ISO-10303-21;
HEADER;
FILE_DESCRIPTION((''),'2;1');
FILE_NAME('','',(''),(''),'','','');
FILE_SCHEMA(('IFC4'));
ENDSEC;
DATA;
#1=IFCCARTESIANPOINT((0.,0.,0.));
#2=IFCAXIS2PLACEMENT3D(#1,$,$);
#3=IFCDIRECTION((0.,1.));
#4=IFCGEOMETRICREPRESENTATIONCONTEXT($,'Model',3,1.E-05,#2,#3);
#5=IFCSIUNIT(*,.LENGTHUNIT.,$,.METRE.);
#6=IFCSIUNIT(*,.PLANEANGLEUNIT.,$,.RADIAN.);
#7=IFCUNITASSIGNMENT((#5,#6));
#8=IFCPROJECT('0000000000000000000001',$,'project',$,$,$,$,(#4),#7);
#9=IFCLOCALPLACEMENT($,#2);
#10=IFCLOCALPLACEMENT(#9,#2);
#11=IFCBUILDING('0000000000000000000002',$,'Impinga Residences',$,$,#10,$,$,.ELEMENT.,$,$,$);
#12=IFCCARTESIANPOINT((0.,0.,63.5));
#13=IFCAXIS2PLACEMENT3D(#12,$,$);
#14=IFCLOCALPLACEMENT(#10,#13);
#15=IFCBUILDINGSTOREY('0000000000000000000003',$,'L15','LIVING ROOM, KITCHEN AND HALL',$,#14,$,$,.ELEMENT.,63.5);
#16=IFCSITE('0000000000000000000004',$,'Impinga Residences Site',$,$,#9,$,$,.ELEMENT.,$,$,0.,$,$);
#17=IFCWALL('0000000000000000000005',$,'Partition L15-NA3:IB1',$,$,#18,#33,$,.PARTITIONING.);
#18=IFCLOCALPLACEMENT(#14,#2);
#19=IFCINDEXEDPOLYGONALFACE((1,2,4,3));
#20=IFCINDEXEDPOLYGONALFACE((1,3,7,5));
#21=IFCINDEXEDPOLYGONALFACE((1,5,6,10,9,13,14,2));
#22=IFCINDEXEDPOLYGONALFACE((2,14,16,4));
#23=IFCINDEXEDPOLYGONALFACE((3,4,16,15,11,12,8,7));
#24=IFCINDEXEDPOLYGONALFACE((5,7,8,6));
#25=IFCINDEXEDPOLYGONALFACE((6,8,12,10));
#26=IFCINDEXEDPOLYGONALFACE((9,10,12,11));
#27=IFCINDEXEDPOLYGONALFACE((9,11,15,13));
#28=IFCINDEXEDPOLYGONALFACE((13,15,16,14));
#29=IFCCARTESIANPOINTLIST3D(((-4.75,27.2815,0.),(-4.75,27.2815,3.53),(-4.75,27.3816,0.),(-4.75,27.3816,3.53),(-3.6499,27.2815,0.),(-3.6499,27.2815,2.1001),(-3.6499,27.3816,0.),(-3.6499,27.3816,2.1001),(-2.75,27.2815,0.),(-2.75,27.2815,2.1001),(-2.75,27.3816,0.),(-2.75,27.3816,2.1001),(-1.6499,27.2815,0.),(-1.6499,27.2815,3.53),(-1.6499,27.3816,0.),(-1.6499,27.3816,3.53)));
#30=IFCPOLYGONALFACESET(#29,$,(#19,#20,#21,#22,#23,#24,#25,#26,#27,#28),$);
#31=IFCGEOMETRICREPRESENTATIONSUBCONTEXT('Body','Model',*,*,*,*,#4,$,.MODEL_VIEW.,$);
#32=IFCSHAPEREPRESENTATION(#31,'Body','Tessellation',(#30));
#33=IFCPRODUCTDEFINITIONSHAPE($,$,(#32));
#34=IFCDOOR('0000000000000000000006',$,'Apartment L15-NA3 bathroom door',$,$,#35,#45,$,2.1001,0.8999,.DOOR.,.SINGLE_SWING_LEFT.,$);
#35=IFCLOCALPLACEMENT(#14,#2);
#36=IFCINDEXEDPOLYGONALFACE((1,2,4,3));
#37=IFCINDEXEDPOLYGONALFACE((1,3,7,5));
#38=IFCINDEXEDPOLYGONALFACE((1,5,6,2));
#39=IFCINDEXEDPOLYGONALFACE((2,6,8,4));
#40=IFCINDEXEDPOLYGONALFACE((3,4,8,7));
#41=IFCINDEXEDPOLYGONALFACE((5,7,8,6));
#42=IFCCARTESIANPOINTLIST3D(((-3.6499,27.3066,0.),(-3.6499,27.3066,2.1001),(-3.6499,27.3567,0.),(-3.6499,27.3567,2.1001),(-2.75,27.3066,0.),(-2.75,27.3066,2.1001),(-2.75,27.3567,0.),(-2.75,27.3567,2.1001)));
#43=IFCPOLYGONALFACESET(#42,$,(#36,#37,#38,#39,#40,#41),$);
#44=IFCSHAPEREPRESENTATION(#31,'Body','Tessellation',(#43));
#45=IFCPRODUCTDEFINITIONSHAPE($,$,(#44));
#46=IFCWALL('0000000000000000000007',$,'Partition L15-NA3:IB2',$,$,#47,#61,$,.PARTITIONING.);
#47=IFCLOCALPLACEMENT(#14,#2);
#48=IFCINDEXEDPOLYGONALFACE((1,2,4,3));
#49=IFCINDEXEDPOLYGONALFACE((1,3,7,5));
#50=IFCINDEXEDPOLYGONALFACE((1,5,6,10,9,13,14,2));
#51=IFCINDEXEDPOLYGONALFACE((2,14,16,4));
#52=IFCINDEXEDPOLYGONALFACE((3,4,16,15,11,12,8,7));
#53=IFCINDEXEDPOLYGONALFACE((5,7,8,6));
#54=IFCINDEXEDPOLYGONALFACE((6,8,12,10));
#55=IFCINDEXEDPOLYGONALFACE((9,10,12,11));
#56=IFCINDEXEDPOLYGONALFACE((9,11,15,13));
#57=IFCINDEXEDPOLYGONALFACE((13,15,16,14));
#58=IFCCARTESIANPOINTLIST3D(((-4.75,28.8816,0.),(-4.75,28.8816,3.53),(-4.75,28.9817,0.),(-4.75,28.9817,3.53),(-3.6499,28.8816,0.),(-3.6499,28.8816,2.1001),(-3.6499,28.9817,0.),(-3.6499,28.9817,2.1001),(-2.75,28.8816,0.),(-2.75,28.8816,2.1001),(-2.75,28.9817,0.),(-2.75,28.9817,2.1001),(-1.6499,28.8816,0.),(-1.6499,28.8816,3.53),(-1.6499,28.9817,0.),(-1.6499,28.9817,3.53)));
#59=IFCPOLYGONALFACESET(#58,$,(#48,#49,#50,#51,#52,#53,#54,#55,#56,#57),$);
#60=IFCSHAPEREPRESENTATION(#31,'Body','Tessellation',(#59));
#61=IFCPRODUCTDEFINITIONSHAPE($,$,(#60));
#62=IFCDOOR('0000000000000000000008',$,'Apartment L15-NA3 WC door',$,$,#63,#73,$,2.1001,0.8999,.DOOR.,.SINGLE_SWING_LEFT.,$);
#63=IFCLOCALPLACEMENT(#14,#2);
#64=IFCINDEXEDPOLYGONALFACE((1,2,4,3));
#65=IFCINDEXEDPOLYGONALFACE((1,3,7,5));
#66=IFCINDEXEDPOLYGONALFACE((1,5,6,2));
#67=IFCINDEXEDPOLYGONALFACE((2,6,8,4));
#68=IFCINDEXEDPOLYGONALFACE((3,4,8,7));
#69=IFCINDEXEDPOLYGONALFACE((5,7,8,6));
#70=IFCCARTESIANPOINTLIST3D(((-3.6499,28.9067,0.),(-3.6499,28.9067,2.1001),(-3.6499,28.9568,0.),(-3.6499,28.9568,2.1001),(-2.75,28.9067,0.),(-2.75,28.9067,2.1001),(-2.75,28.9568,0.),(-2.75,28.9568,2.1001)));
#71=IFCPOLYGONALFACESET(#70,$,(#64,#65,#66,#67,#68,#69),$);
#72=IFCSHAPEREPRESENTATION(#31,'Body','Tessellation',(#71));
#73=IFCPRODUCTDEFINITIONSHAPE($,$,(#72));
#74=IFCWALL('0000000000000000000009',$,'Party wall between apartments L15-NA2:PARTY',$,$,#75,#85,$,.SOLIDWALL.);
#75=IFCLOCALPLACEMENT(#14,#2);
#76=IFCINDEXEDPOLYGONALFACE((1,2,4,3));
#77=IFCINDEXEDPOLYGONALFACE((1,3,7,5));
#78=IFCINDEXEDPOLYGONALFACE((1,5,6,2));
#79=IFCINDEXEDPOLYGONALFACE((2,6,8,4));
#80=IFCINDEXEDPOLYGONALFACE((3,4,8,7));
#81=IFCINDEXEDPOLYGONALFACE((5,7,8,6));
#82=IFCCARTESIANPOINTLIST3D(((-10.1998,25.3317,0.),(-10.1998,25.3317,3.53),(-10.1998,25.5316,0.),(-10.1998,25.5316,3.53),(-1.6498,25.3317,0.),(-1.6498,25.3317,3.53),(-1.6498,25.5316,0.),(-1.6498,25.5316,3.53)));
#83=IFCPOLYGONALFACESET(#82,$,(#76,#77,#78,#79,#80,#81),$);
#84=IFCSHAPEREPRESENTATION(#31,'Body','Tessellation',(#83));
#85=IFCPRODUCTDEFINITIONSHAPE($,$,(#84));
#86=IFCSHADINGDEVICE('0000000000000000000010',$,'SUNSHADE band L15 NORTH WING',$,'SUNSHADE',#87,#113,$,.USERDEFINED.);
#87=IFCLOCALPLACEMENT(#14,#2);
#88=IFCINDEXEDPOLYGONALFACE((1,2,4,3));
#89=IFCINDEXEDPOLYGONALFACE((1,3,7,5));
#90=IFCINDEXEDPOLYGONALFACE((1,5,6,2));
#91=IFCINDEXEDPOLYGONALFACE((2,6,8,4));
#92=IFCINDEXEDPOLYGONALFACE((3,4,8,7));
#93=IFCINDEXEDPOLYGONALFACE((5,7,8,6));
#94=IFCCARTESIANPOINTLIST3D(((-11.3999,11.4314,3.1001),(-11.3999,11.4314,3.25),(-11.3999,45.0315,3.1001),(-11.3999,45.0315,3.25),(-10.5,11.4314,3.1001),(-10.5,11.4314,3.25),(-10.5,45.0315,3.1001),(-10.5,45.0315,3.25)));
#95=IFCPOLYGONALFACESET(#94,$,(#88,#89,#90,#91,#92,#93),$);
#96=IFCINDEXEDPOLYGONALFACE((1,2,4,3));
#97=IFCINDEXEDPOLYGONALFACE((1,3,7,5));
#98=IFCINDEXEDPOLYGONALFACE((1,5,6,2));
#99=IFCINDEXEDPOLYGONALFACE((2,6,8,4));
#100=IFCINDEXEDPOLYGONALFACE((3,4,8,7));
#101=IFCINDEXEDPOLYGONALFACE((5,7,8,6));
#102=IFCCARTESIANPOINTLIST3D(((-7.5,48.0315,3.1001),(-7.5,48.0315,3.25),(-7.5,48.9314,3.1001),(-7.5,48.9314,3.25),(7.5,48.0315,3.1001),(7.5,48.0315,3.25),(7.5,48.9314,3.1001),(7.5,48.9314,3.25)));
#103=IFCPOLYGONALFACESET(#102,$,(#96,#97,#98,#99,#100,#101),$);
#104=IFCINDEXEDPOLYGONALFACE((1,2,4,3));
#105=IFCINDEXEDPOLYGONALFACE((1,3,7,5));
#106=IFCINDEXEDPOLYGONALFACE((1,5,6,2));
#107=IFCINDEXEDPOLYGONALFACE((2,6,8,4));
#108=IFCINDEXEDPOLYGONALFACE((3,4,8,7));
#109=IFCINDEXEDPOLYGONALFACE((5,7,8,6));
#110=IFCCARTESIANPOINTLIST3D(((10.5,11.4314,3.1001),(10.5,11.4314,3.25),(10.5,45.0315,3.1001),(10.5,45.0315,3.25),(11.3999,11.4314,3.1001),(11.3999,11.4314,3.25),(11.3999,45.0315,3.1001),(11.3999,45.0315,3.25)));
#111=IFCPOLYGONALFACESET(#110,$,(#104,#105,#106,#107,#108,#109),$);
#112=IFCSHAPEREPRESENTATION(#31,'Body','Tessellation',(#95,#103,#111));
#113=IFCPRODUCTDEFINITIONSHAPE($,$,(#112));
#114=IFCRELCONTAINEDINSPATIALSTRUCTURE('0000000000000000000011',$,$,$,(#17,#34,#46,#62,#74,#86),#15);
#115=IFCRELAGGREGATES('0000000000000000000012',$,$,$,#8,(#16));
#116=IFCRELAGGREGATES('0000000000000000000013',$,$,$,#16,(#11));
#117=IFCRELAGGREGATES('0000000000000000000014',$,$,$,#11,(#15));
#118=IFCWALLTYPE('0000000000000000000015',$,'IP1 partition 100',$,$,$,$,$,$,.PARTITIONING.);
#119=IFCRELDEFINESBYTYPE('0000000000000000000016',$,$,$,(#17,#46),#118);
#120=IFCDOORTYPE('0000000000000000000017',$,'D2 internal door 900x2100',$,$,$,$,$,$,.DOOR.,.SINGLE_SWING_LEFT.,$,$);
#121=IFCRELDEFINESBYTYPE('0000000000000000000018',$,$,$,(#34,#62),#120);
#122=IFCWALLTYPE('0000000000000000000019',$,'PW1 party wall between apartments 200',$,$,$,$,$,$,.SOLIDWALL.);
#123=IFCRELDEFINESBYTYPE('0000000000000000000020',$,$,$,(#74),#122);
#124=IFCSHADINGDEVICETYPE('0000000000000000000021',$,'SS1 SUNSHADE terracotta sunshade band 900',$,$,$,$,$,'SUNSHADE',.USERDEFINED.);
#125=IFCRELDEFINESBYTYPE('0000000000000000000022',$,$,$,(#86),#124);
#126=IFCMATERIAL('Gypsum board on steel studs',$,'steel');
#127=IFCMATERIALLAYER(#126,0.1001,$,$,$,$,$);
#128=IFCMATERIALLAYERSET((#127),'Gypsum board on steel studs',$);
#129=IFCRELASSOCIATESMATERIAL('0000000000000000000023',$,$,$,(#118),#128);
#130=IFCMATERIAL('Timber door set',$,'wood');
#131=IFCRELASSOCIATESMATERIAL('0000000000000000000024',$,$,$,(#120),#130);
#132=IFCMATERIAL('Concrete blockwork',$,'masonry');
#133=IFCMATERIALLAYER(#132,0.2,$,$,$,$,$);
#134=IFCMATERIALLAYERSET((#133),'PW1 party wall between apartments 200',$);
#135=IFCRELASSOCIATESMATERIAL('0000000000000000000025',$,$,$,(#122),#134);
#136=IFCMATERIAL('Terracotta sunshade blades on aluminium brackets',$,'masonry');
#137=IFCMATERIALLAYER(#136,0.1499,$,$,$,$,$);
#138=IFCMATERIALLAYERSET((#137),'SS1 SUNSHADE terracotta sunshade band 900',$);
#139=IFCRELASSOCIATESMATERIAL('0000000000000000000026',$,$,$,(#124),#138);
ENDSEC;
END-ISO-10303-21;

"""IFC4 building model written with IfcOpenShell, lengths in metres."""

from ifc_helpers import new_model, si_unit, direction, frame, frame_2d, origin, origin_2d, place, context, subcontext, project, spatial, rectangle, extrude, material, layer, layer_set, type_object, element, fill, save


model = new_model("IFC4")

# Units and contexts
model_context = context("Model", 3, precision=1e-05, world=origin(), true_north=direction((0.0, 1.0)))
body_context = subcontext(model_context, "Body", "Model", "MODEL_VIEW")
ifc_project = project(units=[si_unit("LENGTHUNIT", "METRE"), si_unit("PLANEANGLEUNIT", "RADIAN")], contexts=[model_context])

# Site, building, storey
site_placement = place(None, origin())
site = spatial("IfcSite", under=ifc_project, at=site_placement, Name="Impinga Residences Site", CompositionType="ELEMENT", RefElevation=0.0)
building_placement = place(site_placement, origin())
building = spatial("IfcBuilding", under=site, at=building_placement, Name="Impinga Residences", CompositionType="ELEMENT")
storey_placement = place(building_placement, frame((0.0, 0.0, 63.5)))
storey = spatial("IfcBuildingStorey", under=building, at=storey_placement, Name="L15", Description="LIVING ROOM, KITCHEN AND HALL", CompositionType="ELEMENT", Elevation=63.5)

# Shared definitions
ifc_material_1 = material(Name="Gypsum board on steel studs", Category="steel")
ifc_layer_1 = layer(ifc_material_1, 0.1001)
ifc_layer_set_1 = layer_set([ifc_layer_1], Name="Gypsum board on steel studs")
wall_type_1 = type_object("IfcWallType", Name="IP1 partition 100", PredefinedType="PARTITIONING", material=ifc_layer_set_1)

# Shared definitions
ifc_material_2 = material(Name="Timber door set", Category="wood")
door_type = type_object("IfcDoorType", Name="D2 internal door 900x2100", OperationType="SINGLE_SWING_LEFT", PredefinedType="DOOR", material=ifc_material_2)

# Walls, openings, doors
wall_1_placement = place(storey_placement, frame((-1.6499, 27.3315, 0.0), z_axis=(0.0, 0.0, 1.0), x_axis=(-1.0, 0.0, 0.0)))
wall_1 = element("IfcWall", 1, at=wall_1_placement, inside=storey, type_object=wall_type_1, Name="Partition L15-NA3:IB1", PredefinedType="PARTITIONING", context=body_context, shape_type="SweptSolid", body=[
    extrude(rectangle(XDim=3.1001, YDim=0.1001, at=frame_2d((1.55, 0.0))), origin(), (0.0, 0.0, 1.0), 3.53),
])
opening_1_placement = place(wall_1_placement, frame((1.1001, 0.0, 0.0)))
opening_1 = element("IfcOpeningElement", 2, at=opening_1_placement, cuts=wall_1, PredefinedType="OPENING", context=body_context, shape_type="SweptSolid", body=[
    extrude(rectangle(XDim=0.8999, YDim=2.1001, at=frame_2d((0.45, 1.05))), frame((0.0, 0.0601, 0.0), z_axis=(0.0, -1.0, 0.0), x_axis=(1.0, 0.0, 0.0)), (0.0, 0.0, 1.0), 0.1201),
])
door_1_placement = place(opening_1_placement, origin())
door_1 = element("IfcDoor", 3, at=door_1_placement, inside=storey, type_object=door_type, Name="Apartment L15-NA3 bathroom door", OperationType="SINGLE_SWING_LEFT", OverallHeight=2.1001, OverallWidth=0.8999, PredefinedType="DOOR", context=body_context, shape_type="SweptSolid", body=[
    extrude(rectangle(XDim=0.8999, YDim=2.1001, at=frame_2d((0.45, 1.05))), frame((0.0, 0.0249, 0.0), z_axis=(0.0, -1.0, 0.0), x_axis=(1.0, 0.0, 0.0)), (0.0, 0.0, 1.0), 0.05),
])
fill(opening_1, door_1)
wall_2_placement = place(storey_placement, frame((-1.6499, 28.9316, 0.0), z_axis=(0.0, 0.0, 1.0), x_axis=(-1.0, 0.0, 0.0)))
wall_2 = element("IfcWall", 4, at=wall_2_placement, inside=storey, type_object=wall_type_1, Name="Partition L15-NA3:IB2", PredefinedType="PARTITIONING", context=body_context, shape_type="SweptSolid", body=[
    extrude(rectangle(XDim=3.1001, YDim=0.1001, at=frame_2d((1.55, 0.0))), origin(), (0.0, 0.0, 1.0), 3.53),
])
opening_2_placement = place(wall_2_placement, frame((1.1001, 0.0, 0.0)))
opening_2 = element("IfcOpeningElement", 5, at=opening_2_placement, cuts=wall_2, PredefinedType="OPENING", context=body_context, shape_type="SweptSolid", body=[
    extrude(rectangle(XDim=0.8999, YDim=2.1001, at=frame_2d((0.45, 1.05))), frame((0.0, 0.0601, 0.0), z_axis=(0.0, -1.0, 0.0), x_axis=(1.0, 0.0, 0.0)), (0.0, 0.0, 1.0), 0.1201),
])
door_2_placement = place(opening_2_placement, origin())
door_2 = element("IfcDoor", 6, at=door_2_placement, inside=storey, type_object=door_type, Name="Apartment L15-NA3 WC door", OperationType="SINGLE_SWING_LEFT", OverallHeight=2.1001, OverallWidth=0.8999, PredefinedType="DOOR", context=body_context, shape_type="SweptSolid", body=[
    extrude(rectangle(XDim=0.8999, YDim=2.1001, at=frame_2d((0.45, 1.05))), frame((0.0, 0.0249, 0.0), z_axis=(0.0, -1.0, 0.0), x_axis=(1.0, 0.0, 0.0)), (0.0, 0.0, 1.0), 0.05),
])
fill(opening_2, door_2)

# Wall
ifc_material_3 = material(Name="Concrete blockwork", Category="masonry")
ifc_layer_2 = layer(ifc_material_3, 0.2)
ifc_layer_set_2 = layer_set([ifc_layer_2], Name="PW1 party wall between apartments 200")
wall_type_2 = type_object("IfcWallType", Name="PW1 party wall between apartments 200", PredefinedType="SOLIDWALL", material=ifc_layer_set_2)
wall_3_placement = place(storey_placement, frame((-1.6499, 25.4316, 0.0), z_axis=(0.0, 0.0, 1.0), x_axis=(-1.0, 0.0, 0.0)))
element("IfcWall", 7, at=wall_3_placement, inside=storey, type_object=wall_type_2, Name="Party wall between apartments L15-NA2:PARTY", PredefinedType="SOLIDWALL", context=body_context, shape_type="SweptSolid", body=[
    extrude(rectangle(XDim=8.55, YDim=0.2, at=frame_2d((4.2749, 0.0))), origin(), (0.0, 0.0, 1.0), 3.53),
])

# Shading device
ifc_material_4 = material(Name="Terracotta sunshade blades on aluminium brackets", Category="masonry")
ifc_layer_3 = layer(ifc_material_4, 0.1499)
ifc_layer_set_3 = layer_set([ifc_layer_3], Name="SS1 SUNSHADE terracotta sunshade band 900")
shading_device_type = type_object("IfcShadingDeviceType", Name="SS1 SUNSHADE terracotta sunshade band 900", ElementType="SUNSHADE", PredefinedType="USERDEFINED", material=ifc_layer_set_3)
shading_device_placement = place(storey_placement, frame((-10.95, 28.2314, 3.1001), z_axis=(0.0, 0.0, 1.0), x_axis=(0.0, 1.0, 0.0)))
element("IfcShadingDevice", 8, at=shading_device_placement, inside=storey, type_object=shading_device_type, Name="SUNSHADE band L15 NORTH WING", ObjectType="SUNSHADE", PredefinedType="USERDEFINED", context=body_context, shape_type="SweptSolid", body=[
    extrude(rectangle(XDim=33.6001, YDim=0.8999, at=origin_2d()), origin(), (0.0, 0.0, 1.0), 0.1499),
    extrude(rectangle(XDim=15.0, YDim=0.8999, at=origin_2d()), frame((20.25, -10.95, 0.0), z_axis=(0.0, 0.0, 1.0), x_axis=(0.0, -1.0, 0.0)), (0.0, 0.0, 1.0), 0.1499),
    extrude(rectangle(XDim=33.6001, YDim=0.8999, at=origin_2d()), frame((0.0, -21.8999, 0.0), z_axis=(0.0, 0.0, 1.0), x_axis=(-1.0, 0.0, 0.0)), (0.0, 0.0, 1.0), 0.1499),
])

save(model, "model.ifc")
